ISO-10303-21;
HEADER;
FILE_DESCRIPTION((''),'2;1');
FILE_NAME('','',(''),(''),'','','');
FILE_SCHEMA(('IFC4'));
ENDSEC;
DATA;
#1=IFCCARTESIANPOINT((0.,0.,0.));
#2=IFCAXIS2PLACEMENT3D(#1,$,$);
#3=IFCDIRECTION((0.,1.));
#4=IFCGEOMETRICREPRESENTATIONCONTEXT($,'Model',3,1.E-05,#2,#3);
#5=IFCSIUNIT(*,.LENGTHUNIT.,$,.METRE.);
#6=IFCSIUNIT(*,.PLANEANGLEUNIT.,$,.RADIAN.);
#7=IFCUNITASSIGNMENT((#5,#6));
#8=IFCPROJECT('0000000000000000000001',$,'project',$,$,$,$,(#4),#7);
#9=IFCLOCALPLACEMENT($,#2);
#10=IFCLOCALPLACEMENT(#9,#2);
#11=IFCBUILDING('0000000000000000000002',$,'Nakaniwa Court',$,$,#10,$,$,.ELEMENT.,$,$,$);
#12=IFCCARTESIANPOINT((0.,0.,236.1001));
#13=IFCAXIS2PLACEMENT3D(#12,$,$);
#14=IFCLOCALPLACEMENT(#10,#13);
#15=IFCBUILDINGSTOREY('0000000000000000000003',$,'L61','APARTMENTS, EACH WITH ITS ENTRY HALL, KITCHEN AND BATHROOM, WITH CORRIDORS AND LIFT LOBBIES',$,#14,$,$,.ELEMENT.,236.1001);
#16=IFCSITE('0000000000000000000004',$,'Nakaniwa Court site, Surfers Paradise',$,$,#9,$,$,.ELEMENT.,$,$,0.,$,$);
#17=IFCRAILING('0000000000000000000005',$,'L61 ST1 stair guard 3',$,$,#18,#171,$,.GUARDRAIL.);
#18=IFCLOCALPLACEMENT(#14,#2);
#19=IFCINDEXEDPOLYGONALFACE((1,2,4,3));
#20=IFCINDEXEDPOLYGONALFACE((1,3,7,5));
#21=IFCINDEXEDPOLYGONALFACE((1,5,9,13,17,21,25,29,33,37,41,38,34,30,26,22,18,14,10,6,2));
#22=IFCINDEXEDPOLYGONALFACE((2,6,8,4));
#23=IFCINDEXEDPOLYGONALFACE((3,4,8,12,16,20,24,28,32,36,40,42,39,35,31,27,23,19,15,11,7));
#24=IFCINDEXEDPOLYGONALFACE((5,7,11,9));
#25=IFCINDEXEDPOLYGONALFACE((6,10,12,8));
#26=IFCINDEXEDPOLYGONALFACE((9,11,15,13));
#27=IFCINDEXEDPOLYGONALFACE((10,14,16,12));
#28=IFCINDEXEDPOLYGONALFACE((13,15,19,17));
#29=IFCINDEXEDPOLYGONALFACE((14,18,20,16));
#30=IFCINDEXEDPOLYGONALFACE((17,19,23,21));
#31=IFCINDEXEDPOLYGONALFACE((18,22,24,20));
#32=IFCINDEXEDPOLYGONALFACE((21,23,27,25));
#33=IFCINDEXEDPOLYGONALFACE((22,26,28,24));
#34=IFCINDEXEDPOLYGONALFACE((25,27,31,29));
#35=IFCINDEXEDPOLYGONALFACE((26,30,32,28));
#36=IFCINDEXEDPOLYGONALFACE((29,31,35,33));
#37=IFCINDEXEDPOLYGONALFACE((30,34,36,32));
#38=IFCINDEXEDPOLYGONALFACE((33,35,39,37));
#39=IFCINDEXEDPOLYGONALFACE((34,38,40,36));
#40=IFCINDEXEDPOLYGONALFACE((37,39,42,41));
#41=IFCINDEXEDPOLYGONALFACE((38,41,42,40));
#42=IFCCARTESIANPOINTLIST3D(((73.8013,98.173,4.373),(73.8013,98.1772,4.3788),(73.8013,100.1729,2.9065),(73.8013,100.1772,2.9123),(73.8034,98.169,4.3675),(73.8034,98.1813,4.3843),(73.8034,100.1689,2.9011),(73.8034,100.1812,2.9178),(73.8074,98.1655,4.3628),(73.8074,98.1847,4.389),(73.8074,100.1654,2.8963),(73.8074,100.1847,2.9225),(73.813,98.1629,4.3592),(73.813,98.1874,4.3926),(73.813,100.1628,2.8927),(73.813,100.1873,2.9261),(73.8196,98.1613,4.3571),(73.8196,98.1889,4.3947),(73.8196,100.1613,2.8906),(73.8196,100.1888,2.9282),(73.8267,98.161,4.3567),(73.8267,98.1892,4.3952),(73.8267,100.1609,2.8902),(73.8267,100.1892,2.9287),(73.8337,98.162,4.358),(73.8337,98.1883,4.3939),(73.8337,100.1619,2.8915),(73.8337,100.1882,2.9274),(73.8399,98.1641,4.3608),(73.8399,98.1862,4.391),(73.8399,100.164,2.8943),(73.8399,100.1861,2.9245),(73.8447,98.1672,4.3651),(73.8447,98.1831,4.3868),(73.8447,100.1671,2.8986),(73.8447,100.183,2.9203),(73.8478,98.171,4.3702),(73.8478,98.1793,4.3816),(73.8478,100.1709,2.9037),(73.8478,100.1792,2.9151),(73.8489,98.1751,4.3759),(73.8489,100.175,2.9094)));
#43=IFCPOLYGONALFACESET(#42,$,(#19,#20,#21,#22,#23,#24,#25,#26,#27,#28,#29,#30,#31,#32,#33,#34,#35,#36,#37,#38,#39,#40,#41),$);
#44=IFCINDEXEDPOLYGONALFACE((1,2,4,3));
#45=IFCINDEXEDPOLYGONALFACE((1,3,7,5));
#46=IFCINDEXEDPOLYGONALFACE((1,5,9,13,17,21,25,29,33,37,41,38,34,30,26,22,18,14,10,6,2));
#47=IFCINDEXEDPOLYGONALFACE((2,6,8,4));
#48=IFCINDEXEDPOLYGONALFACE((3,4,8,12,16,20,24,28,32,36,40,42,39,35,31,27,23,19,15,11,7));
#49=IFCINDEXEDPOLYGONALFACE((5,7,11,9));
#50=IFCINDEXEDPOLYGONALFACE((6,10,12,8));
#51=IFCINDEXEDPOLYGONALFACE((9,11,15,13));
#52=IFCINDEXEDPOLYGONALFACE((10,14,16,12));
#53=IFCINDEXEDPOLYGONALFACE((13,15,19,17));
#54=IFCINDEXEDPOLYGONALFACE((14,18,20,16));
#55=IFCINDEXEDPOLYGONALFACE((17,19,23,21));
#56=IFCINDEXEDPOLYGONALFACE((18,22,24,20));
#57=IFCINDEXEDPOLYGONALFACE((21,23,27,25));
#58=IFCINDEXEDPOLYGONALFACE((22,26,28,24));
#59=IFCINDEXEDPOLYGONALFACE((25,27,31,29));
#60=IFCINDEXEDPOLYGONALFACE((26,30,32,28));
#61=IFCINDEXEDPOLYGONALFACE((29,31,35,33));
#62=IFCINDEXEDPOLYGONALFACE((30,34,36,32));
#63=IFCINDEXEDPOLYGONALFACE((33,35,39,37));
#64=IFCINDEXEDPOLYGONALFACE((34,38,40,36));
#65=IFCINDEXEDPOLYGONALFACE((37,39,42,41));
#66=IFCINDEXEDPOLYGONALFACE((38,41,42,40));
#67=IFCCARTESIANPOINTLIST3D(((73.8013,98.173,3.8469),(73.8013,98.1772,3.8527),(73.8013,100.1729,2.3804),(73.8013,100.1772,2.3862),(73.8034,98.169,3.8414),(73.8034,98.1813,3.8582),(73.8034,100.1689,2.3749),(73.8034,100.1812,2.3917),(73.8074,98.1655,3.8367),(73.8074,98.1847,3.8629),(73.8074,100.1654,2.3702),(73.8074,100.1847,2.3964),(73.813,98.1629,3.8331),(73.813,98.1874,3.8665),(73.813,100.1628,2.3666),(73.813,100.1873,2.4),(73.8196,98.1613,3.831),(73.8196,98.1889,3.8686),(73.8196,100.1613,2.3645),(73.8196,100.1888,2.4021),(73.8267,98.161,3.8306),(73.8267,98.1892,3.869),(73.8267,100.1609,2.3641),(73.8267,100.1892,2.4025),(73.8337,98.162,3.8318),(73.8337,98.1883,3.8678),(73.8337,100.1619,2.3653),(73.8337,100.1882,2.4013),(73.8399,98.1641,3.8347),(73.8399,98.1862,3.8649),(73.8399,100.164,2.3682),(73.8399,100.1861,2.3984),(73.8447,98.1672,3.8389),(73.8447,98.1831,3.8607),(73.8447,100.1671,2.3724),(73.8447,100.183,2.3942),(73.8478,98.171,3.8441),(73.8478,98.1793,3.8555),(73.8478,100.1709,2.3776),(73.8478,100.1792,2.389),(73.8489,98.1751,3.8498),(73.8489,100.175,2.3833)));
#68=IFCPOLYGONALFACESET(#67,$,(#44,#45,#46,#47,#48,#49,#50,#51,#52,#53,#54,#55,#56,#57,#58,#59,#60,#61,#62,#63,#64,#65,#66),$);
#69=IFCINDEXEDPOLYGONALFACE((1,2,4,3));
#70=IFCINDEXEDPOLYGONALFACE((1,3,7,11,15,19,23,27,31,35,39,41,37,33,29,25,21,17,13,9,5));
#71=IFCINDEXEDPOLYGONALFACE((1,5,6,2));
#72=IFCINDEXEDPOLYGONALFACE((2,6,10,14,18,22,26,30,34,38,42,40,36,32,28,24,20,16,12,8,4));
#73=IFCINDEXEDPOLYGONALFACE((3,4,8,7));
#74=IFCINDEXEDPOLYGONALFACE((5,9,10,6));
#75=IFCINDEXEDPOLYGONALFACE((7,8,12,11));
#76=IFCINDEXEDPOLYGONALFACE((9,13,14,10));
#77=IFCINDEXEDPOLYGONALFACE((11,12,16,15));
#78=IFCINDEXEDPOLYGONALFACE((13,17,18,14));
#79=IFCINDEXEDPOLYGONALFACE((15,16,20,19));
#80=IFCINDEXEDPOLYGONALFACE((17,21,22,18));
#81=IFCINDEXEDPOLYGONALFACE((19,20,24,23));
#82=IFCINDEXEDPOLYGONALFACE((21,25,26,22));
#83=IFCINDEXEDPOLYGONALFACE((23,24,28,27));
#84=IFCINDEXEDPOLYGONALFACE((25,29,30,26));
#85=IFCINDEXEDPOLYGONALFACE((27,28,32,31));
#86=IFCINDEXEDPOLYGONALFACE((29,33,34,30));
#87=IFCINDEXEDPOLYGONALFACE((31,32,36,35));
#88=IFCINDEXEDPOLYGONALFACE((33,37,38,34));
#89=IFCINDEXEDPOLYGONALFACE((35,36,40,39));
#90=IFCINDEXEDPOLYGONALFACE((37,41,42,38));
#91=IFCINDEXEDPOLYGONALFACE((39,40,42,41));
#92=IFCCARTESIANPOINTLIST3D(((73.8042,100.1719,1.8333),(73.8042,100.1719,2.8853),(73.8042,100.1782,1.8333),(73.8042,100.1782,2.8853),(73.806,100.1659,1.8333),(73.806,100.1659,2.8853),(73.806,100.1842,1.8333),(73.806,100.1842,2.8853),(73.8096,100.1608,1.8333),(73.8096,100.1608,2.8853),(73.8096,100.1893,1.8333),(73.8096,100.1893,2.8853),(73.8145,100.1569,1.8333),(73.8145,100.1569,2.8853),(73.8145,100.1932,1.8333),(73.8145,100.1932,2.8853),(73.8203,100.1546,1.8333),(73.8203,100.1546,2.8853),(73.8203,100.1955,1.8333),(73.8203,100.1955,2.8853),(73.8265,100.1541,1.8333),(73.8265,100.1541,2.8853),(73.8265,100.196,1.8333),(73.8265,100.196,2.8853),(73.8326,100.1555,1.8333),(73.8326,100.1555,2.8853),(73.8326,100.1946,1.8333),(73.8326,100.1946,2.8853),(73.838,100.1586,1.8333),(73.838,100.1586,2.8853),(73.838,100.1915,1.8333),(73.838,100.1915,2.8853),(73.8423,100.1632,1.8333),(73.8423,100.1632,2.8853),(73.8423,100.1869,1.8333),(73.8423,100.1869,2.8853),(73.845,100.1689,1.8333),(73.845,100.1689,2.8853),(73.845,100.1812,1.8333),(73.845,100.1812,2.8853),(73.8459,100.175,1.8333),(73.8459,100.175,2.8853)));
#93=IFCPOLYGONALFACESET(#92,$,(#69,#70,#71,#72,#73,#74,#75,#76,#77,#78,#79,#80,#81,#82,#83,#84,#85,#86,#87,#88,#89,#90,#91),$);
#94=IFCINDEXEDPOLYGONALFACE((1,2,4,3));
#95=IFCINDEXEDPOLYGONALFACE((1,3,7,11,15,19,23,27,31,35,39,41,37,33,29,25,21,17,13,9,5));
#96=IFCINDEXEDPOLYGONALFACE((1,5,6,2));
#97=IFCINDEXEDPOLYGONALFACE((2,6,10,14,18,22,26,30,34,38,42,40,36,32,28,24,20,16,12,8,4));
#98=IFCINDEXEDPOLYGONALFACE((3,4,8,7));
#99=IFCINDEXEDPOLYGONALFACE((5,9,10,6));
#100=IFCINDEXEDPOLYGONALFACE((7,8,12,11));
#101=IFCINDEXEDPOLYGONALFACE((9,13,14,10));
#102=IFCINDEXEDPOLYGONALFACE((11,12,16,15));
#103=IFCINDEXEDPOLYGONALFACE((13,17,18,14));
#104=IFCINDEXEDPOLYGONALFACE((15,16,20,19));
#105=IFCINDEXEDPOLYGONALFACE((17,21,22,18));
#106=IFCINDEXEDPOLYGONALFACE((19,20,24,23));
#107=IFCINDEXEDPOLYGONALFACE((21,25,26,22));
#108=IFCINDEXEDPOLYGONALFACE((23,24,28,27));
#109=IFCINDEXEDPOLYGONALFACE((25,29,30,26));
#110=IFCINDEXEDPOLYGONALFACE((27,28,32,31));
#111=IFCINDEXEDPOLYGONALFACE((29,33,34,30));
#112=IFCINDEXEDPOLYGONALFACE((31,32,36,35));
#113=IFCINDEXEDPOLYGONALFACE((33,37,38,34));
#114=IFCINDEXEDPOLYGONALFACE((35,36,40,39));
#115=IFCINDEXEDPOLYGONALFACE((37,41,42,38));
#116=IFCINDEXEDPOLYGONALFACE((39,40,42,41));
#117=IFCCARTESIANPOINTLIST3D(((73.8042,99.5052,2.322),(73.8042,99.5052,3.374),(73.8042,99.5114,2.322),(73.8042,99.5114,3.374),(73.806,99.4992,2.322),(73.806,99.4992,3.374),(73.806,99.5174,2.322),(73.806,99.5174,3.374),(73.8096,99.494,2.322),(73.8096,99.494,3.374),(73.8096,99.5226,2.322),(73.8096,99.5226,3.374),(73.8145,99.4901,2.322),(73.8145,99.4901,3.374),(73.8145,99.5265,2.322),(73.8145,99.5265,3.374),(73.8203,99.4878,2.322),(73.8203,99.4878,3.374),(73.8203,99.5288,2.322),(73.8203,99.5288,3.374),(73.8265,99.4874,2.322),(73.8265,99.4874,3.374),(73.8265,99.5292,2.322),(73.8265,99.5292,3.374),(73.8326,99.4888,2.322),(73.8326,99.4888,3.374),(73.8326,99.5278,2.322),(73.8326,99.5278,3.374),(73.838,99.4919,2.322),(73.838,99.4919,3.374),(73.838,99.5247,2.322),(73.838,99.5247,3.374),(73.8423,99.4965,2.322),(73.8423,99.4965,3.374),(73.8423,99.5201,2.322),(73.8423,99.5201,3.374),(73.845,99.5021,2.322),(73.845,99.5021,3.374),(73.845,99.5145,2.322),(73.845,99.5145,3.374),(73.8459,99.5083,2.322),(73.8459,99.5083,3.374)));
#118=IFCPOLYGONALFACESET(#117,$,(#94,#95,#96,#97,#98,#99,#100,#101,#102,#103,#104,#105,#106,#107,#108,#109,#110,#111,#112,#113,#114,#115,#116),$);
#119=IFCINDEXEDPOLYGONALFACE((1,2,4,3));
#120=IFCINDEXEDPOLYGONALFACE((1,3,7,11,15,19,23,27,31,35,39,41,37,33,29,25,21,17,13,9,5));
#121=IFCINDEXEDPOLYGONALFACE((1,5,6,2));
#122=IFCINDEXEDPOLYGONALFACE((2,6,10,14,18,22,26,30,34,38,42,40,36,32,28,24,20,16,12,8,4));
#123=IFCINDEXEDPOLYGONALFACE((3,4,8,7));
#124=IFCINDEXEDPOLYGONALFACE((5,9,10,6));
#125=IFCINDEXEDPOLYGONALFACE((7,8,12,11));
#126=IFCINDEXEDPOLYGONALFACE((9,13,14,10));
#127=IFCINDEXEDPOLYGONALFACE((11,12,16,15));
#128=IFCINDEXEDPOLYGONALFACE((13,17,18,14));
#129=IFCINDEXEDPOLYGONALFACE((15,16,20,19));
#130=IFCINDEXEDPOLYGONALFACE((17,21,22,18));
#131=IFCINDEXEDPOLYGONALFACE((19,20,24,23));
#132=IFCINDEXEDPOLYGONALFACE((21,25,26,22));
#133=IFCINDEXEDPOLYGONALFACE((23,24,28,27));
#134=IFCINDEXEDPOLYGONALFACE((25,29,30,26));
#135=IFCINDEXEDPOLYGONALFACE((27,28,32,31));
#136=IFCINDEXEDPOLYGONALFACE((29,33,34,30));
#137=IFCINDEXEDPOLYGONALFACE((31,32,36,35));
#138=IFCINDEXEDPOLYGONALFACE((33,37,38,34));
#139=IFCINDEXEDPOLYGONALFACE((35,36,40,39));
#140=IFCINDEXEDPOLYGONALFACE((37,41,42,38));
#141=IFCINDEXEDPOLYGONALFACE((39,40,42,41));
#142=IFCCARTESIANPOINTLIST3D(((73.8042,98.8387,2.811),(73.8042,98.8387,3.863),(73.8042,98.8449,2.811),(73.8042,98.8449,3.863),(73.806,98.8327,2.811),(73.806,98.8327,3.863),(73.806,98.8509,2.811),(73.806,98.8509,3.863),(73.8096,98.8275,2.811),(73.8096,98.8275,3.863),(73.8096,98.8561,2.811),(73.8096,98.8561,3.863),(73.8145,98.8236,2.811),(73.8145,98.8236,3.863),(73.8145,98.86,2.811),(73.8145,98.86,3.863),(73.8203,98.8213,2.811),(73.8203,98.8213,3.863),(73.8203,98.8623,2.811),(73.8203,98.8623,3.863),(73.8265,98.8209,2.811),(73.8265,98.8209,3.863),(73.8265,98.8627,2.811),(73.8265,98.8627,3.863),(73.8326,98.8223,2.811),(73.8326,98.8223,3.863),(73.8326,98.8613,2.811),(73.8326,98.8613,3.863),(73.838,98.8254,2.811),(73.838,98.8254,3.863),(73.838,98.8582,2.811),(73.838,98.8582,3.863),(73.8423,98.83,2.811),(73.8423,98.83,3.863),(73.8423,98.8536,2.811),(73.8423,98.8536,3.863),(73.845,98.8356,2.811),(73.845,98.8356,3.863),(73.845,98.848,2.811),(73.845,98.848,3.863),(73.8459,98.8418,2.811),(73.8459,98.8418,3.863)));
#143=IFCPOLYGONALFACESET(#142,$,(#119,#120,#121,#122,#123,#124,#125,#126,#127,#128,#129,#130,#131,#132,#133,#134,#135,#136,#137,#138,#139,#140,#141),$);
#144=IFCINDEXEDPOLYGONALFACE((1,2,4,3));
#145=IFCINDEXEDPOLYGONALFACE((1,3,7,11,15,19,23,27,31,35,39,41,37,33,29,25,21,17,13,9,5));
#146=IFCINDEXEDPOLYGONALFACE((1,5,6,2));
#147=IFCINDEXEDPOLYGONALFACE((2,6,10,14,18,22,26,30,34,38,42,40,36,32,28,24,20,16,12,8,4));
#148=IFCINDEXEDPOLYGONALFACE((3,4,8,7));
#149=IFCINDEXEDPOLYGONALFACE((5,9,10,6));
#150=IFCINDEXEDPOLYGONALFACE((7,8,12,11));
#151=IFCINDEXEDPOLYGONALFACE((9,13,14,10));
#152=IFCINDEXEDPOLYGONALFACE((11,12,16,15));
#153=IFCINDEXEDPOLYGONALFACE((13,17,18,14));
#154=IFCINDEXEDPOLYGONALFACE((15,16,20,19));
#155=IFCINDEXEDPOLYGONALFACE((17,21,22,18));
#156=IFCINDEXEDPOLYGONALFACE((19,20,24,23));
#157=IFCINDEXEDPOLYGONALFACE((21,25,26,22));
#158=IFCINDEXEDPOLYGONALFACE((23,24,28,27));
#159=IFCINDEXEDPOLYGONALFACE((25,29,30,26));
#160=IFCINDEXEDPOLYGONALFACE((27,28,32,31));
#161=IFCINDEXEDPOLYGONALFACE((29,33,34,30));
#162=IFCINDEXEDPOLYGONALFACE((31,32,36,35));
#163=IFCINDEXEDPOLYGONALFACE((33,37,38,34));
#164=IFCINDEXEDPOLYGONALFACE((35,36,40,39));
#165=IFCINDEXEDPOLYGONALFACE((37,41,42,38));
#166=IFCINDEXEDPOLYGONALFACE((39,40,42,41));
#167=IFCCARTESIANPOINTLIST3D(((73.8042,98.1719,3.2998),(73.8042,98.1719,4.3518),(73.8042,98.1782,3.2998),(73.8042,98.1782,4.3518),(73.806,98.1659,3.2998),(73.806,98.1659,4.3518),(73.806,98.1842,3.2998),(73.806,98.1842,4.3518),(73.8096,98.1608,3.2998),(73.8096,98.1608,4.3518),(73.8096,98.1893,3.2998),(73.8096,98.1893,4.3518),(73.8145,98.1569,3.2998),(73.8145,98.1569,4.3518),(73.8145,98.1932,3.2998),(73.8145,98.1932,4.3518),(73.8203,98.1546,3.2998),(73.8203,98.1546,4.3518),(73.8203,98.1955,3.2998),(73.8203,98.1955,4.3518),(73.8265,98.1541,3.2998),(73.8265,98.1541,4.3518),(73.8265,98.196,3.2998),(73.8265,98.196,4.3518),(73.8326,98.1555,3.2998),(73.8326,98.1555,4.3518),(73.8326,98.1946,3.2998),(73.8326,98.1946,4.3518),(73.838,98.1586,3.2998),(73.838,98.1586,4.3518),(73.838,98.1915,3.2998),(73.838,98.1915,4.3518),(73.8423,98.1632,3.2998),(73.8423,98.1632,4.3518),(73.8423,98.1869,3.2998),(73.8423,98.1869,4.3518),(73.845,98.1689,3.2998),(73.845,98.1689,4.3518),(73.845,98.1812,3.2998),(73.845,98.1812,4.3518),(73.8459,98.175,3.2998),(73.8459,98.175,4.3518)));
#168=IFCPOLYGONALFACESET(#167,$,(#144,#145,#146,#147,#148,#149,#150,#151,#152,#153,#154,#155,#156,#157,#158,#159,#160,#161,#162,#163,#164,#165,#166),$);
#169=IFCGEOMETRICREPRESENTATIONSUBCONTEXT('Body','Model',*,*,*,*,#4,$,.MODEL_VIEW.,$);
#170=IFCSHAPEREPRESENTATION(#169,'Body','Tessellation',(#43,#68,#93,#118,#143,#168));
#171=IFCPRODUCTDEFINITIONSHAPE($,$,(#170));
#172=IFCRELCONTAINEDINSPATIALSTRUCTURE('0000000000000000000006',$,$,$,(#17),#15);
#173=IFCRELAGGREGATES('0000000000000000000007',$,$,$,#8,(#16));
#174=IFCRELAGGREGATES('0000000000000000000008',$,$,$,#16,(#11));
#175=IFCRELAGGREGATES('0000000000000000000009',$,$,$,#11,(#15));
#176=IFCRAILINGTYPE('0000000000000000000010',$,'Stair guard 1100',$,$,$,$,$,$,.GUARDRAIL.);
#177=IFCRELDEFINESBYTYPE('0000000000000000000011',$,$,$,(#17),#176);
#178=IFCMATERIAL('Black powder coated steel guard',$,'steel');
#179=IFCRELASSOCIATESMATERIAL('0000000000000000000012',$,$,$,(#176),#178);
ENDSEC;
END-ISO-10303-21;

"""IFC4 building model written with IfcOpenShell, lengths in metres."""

from ifc_helpers import new_model, si_unit, direction, frame, origin, origin_2d, place, context, subcontext, project, spatial, circle, extrude, material, type_object, element, save


model = new_model("IFC4")

# Units and contexts
model_context = context("Model", 3, precision=1e-05, world=origin(), true_north=direction((0.0, 1.0)))
body_context = subcontext(model_context, "Body", "Model", "MODEL_VIEW")
ifc_project = project(units=[si_unit("LENGTHUNIT", "METRE"), si_unit("PLANEANGLEUNIT", "RADIAN")], contexts=[model_context])

# Site, building, storey
site_placement = place(None, origin())
site = spatial("IfcSite", under=ifc_project, at=site_placement, Name="Nakaniwa Court site, Surfers Paradise", CompositionType="ELEMENT", RefElevation=0.0)
building_placement = place(site_placement, origin())
building = spatial("IfcBuilding", under=site, at=building_placement, Name="Nakaniwa Court", CompositionType="ELEMENT")
storey_placement = place(building_placement, frame((0.0, 0.0, 236.1001)))
storey = spatial("IfcBuildingStorey", under=building, at=storey_placement, Name="L61", Description="APARTMENTS, EACH WITH ITS ENTRY HALL, KITCHEN AND BATHROOM, WITH CORRIDORS AND LIFT LOBBIES", CompositionType="ELEMENT", Elevation=236.1001)

# Railing
ifc_material_1 = material(Name="Black powder coated steel guard", Category="steel")
railing_type_1 = type_object("IfcRailingType", Name="Stair guard 1100", PredefinedType="GUARDRAIL", material=ifc_material_1)
railing_1_placement = place(storey_placement, frame((73.825, 100.175, 1.8333)))
element("IfcRailing", 1, at=railing_1_placement, inside=storey, type_object=railing_type_1, Name="L61 ST1 stair guard 3", PredefinedType="GUARDRAIL", context=body_context, shape_type="SweptSolid", body=[
    extrude(circle(Radius=0.0239, at=origin_2d()), frame((0.0, 0.0, 1.0762), z_axis=(0.0, -0.806427, 0.591334), x_axis=(1.0, 0.0, 0.0)), (0.0, 0.0, 1.0), 2.48),
    extrude(circle(Radius=0.0239, at=origin_2d()), frame((0.0, 0.0, 0.55), z_axis=(0.0, -0.806427, 0.591334), x_axis=(1.0, 0.0, 0.0)), (0.0, 0.0, 1.0), 2.48),
    extrude(circle(Radius=0.021, at=origin_2d()), origin(), (0.0, 0.0, 1.0), 1.052),
    extrude(circle(Radius=0.021, at=origin_2d()), frame((0.0, -0.6667, 0.4888)), (0.0, 0.0, 1.0), 1.052),
    extrude(circle(Radius=0.021, at=origin_2d()), frame((0.0, -1.3333, 0.9778)), (0.0, 0.0, 1.0), 1.052),
    extrude(circle(Radius=0.021, at=origin_2d()), frame((0.0, -2.0, 1.4666)), (0.0, 0.0, 1.0), 1.052),
])

save(model, "model.ifc")
